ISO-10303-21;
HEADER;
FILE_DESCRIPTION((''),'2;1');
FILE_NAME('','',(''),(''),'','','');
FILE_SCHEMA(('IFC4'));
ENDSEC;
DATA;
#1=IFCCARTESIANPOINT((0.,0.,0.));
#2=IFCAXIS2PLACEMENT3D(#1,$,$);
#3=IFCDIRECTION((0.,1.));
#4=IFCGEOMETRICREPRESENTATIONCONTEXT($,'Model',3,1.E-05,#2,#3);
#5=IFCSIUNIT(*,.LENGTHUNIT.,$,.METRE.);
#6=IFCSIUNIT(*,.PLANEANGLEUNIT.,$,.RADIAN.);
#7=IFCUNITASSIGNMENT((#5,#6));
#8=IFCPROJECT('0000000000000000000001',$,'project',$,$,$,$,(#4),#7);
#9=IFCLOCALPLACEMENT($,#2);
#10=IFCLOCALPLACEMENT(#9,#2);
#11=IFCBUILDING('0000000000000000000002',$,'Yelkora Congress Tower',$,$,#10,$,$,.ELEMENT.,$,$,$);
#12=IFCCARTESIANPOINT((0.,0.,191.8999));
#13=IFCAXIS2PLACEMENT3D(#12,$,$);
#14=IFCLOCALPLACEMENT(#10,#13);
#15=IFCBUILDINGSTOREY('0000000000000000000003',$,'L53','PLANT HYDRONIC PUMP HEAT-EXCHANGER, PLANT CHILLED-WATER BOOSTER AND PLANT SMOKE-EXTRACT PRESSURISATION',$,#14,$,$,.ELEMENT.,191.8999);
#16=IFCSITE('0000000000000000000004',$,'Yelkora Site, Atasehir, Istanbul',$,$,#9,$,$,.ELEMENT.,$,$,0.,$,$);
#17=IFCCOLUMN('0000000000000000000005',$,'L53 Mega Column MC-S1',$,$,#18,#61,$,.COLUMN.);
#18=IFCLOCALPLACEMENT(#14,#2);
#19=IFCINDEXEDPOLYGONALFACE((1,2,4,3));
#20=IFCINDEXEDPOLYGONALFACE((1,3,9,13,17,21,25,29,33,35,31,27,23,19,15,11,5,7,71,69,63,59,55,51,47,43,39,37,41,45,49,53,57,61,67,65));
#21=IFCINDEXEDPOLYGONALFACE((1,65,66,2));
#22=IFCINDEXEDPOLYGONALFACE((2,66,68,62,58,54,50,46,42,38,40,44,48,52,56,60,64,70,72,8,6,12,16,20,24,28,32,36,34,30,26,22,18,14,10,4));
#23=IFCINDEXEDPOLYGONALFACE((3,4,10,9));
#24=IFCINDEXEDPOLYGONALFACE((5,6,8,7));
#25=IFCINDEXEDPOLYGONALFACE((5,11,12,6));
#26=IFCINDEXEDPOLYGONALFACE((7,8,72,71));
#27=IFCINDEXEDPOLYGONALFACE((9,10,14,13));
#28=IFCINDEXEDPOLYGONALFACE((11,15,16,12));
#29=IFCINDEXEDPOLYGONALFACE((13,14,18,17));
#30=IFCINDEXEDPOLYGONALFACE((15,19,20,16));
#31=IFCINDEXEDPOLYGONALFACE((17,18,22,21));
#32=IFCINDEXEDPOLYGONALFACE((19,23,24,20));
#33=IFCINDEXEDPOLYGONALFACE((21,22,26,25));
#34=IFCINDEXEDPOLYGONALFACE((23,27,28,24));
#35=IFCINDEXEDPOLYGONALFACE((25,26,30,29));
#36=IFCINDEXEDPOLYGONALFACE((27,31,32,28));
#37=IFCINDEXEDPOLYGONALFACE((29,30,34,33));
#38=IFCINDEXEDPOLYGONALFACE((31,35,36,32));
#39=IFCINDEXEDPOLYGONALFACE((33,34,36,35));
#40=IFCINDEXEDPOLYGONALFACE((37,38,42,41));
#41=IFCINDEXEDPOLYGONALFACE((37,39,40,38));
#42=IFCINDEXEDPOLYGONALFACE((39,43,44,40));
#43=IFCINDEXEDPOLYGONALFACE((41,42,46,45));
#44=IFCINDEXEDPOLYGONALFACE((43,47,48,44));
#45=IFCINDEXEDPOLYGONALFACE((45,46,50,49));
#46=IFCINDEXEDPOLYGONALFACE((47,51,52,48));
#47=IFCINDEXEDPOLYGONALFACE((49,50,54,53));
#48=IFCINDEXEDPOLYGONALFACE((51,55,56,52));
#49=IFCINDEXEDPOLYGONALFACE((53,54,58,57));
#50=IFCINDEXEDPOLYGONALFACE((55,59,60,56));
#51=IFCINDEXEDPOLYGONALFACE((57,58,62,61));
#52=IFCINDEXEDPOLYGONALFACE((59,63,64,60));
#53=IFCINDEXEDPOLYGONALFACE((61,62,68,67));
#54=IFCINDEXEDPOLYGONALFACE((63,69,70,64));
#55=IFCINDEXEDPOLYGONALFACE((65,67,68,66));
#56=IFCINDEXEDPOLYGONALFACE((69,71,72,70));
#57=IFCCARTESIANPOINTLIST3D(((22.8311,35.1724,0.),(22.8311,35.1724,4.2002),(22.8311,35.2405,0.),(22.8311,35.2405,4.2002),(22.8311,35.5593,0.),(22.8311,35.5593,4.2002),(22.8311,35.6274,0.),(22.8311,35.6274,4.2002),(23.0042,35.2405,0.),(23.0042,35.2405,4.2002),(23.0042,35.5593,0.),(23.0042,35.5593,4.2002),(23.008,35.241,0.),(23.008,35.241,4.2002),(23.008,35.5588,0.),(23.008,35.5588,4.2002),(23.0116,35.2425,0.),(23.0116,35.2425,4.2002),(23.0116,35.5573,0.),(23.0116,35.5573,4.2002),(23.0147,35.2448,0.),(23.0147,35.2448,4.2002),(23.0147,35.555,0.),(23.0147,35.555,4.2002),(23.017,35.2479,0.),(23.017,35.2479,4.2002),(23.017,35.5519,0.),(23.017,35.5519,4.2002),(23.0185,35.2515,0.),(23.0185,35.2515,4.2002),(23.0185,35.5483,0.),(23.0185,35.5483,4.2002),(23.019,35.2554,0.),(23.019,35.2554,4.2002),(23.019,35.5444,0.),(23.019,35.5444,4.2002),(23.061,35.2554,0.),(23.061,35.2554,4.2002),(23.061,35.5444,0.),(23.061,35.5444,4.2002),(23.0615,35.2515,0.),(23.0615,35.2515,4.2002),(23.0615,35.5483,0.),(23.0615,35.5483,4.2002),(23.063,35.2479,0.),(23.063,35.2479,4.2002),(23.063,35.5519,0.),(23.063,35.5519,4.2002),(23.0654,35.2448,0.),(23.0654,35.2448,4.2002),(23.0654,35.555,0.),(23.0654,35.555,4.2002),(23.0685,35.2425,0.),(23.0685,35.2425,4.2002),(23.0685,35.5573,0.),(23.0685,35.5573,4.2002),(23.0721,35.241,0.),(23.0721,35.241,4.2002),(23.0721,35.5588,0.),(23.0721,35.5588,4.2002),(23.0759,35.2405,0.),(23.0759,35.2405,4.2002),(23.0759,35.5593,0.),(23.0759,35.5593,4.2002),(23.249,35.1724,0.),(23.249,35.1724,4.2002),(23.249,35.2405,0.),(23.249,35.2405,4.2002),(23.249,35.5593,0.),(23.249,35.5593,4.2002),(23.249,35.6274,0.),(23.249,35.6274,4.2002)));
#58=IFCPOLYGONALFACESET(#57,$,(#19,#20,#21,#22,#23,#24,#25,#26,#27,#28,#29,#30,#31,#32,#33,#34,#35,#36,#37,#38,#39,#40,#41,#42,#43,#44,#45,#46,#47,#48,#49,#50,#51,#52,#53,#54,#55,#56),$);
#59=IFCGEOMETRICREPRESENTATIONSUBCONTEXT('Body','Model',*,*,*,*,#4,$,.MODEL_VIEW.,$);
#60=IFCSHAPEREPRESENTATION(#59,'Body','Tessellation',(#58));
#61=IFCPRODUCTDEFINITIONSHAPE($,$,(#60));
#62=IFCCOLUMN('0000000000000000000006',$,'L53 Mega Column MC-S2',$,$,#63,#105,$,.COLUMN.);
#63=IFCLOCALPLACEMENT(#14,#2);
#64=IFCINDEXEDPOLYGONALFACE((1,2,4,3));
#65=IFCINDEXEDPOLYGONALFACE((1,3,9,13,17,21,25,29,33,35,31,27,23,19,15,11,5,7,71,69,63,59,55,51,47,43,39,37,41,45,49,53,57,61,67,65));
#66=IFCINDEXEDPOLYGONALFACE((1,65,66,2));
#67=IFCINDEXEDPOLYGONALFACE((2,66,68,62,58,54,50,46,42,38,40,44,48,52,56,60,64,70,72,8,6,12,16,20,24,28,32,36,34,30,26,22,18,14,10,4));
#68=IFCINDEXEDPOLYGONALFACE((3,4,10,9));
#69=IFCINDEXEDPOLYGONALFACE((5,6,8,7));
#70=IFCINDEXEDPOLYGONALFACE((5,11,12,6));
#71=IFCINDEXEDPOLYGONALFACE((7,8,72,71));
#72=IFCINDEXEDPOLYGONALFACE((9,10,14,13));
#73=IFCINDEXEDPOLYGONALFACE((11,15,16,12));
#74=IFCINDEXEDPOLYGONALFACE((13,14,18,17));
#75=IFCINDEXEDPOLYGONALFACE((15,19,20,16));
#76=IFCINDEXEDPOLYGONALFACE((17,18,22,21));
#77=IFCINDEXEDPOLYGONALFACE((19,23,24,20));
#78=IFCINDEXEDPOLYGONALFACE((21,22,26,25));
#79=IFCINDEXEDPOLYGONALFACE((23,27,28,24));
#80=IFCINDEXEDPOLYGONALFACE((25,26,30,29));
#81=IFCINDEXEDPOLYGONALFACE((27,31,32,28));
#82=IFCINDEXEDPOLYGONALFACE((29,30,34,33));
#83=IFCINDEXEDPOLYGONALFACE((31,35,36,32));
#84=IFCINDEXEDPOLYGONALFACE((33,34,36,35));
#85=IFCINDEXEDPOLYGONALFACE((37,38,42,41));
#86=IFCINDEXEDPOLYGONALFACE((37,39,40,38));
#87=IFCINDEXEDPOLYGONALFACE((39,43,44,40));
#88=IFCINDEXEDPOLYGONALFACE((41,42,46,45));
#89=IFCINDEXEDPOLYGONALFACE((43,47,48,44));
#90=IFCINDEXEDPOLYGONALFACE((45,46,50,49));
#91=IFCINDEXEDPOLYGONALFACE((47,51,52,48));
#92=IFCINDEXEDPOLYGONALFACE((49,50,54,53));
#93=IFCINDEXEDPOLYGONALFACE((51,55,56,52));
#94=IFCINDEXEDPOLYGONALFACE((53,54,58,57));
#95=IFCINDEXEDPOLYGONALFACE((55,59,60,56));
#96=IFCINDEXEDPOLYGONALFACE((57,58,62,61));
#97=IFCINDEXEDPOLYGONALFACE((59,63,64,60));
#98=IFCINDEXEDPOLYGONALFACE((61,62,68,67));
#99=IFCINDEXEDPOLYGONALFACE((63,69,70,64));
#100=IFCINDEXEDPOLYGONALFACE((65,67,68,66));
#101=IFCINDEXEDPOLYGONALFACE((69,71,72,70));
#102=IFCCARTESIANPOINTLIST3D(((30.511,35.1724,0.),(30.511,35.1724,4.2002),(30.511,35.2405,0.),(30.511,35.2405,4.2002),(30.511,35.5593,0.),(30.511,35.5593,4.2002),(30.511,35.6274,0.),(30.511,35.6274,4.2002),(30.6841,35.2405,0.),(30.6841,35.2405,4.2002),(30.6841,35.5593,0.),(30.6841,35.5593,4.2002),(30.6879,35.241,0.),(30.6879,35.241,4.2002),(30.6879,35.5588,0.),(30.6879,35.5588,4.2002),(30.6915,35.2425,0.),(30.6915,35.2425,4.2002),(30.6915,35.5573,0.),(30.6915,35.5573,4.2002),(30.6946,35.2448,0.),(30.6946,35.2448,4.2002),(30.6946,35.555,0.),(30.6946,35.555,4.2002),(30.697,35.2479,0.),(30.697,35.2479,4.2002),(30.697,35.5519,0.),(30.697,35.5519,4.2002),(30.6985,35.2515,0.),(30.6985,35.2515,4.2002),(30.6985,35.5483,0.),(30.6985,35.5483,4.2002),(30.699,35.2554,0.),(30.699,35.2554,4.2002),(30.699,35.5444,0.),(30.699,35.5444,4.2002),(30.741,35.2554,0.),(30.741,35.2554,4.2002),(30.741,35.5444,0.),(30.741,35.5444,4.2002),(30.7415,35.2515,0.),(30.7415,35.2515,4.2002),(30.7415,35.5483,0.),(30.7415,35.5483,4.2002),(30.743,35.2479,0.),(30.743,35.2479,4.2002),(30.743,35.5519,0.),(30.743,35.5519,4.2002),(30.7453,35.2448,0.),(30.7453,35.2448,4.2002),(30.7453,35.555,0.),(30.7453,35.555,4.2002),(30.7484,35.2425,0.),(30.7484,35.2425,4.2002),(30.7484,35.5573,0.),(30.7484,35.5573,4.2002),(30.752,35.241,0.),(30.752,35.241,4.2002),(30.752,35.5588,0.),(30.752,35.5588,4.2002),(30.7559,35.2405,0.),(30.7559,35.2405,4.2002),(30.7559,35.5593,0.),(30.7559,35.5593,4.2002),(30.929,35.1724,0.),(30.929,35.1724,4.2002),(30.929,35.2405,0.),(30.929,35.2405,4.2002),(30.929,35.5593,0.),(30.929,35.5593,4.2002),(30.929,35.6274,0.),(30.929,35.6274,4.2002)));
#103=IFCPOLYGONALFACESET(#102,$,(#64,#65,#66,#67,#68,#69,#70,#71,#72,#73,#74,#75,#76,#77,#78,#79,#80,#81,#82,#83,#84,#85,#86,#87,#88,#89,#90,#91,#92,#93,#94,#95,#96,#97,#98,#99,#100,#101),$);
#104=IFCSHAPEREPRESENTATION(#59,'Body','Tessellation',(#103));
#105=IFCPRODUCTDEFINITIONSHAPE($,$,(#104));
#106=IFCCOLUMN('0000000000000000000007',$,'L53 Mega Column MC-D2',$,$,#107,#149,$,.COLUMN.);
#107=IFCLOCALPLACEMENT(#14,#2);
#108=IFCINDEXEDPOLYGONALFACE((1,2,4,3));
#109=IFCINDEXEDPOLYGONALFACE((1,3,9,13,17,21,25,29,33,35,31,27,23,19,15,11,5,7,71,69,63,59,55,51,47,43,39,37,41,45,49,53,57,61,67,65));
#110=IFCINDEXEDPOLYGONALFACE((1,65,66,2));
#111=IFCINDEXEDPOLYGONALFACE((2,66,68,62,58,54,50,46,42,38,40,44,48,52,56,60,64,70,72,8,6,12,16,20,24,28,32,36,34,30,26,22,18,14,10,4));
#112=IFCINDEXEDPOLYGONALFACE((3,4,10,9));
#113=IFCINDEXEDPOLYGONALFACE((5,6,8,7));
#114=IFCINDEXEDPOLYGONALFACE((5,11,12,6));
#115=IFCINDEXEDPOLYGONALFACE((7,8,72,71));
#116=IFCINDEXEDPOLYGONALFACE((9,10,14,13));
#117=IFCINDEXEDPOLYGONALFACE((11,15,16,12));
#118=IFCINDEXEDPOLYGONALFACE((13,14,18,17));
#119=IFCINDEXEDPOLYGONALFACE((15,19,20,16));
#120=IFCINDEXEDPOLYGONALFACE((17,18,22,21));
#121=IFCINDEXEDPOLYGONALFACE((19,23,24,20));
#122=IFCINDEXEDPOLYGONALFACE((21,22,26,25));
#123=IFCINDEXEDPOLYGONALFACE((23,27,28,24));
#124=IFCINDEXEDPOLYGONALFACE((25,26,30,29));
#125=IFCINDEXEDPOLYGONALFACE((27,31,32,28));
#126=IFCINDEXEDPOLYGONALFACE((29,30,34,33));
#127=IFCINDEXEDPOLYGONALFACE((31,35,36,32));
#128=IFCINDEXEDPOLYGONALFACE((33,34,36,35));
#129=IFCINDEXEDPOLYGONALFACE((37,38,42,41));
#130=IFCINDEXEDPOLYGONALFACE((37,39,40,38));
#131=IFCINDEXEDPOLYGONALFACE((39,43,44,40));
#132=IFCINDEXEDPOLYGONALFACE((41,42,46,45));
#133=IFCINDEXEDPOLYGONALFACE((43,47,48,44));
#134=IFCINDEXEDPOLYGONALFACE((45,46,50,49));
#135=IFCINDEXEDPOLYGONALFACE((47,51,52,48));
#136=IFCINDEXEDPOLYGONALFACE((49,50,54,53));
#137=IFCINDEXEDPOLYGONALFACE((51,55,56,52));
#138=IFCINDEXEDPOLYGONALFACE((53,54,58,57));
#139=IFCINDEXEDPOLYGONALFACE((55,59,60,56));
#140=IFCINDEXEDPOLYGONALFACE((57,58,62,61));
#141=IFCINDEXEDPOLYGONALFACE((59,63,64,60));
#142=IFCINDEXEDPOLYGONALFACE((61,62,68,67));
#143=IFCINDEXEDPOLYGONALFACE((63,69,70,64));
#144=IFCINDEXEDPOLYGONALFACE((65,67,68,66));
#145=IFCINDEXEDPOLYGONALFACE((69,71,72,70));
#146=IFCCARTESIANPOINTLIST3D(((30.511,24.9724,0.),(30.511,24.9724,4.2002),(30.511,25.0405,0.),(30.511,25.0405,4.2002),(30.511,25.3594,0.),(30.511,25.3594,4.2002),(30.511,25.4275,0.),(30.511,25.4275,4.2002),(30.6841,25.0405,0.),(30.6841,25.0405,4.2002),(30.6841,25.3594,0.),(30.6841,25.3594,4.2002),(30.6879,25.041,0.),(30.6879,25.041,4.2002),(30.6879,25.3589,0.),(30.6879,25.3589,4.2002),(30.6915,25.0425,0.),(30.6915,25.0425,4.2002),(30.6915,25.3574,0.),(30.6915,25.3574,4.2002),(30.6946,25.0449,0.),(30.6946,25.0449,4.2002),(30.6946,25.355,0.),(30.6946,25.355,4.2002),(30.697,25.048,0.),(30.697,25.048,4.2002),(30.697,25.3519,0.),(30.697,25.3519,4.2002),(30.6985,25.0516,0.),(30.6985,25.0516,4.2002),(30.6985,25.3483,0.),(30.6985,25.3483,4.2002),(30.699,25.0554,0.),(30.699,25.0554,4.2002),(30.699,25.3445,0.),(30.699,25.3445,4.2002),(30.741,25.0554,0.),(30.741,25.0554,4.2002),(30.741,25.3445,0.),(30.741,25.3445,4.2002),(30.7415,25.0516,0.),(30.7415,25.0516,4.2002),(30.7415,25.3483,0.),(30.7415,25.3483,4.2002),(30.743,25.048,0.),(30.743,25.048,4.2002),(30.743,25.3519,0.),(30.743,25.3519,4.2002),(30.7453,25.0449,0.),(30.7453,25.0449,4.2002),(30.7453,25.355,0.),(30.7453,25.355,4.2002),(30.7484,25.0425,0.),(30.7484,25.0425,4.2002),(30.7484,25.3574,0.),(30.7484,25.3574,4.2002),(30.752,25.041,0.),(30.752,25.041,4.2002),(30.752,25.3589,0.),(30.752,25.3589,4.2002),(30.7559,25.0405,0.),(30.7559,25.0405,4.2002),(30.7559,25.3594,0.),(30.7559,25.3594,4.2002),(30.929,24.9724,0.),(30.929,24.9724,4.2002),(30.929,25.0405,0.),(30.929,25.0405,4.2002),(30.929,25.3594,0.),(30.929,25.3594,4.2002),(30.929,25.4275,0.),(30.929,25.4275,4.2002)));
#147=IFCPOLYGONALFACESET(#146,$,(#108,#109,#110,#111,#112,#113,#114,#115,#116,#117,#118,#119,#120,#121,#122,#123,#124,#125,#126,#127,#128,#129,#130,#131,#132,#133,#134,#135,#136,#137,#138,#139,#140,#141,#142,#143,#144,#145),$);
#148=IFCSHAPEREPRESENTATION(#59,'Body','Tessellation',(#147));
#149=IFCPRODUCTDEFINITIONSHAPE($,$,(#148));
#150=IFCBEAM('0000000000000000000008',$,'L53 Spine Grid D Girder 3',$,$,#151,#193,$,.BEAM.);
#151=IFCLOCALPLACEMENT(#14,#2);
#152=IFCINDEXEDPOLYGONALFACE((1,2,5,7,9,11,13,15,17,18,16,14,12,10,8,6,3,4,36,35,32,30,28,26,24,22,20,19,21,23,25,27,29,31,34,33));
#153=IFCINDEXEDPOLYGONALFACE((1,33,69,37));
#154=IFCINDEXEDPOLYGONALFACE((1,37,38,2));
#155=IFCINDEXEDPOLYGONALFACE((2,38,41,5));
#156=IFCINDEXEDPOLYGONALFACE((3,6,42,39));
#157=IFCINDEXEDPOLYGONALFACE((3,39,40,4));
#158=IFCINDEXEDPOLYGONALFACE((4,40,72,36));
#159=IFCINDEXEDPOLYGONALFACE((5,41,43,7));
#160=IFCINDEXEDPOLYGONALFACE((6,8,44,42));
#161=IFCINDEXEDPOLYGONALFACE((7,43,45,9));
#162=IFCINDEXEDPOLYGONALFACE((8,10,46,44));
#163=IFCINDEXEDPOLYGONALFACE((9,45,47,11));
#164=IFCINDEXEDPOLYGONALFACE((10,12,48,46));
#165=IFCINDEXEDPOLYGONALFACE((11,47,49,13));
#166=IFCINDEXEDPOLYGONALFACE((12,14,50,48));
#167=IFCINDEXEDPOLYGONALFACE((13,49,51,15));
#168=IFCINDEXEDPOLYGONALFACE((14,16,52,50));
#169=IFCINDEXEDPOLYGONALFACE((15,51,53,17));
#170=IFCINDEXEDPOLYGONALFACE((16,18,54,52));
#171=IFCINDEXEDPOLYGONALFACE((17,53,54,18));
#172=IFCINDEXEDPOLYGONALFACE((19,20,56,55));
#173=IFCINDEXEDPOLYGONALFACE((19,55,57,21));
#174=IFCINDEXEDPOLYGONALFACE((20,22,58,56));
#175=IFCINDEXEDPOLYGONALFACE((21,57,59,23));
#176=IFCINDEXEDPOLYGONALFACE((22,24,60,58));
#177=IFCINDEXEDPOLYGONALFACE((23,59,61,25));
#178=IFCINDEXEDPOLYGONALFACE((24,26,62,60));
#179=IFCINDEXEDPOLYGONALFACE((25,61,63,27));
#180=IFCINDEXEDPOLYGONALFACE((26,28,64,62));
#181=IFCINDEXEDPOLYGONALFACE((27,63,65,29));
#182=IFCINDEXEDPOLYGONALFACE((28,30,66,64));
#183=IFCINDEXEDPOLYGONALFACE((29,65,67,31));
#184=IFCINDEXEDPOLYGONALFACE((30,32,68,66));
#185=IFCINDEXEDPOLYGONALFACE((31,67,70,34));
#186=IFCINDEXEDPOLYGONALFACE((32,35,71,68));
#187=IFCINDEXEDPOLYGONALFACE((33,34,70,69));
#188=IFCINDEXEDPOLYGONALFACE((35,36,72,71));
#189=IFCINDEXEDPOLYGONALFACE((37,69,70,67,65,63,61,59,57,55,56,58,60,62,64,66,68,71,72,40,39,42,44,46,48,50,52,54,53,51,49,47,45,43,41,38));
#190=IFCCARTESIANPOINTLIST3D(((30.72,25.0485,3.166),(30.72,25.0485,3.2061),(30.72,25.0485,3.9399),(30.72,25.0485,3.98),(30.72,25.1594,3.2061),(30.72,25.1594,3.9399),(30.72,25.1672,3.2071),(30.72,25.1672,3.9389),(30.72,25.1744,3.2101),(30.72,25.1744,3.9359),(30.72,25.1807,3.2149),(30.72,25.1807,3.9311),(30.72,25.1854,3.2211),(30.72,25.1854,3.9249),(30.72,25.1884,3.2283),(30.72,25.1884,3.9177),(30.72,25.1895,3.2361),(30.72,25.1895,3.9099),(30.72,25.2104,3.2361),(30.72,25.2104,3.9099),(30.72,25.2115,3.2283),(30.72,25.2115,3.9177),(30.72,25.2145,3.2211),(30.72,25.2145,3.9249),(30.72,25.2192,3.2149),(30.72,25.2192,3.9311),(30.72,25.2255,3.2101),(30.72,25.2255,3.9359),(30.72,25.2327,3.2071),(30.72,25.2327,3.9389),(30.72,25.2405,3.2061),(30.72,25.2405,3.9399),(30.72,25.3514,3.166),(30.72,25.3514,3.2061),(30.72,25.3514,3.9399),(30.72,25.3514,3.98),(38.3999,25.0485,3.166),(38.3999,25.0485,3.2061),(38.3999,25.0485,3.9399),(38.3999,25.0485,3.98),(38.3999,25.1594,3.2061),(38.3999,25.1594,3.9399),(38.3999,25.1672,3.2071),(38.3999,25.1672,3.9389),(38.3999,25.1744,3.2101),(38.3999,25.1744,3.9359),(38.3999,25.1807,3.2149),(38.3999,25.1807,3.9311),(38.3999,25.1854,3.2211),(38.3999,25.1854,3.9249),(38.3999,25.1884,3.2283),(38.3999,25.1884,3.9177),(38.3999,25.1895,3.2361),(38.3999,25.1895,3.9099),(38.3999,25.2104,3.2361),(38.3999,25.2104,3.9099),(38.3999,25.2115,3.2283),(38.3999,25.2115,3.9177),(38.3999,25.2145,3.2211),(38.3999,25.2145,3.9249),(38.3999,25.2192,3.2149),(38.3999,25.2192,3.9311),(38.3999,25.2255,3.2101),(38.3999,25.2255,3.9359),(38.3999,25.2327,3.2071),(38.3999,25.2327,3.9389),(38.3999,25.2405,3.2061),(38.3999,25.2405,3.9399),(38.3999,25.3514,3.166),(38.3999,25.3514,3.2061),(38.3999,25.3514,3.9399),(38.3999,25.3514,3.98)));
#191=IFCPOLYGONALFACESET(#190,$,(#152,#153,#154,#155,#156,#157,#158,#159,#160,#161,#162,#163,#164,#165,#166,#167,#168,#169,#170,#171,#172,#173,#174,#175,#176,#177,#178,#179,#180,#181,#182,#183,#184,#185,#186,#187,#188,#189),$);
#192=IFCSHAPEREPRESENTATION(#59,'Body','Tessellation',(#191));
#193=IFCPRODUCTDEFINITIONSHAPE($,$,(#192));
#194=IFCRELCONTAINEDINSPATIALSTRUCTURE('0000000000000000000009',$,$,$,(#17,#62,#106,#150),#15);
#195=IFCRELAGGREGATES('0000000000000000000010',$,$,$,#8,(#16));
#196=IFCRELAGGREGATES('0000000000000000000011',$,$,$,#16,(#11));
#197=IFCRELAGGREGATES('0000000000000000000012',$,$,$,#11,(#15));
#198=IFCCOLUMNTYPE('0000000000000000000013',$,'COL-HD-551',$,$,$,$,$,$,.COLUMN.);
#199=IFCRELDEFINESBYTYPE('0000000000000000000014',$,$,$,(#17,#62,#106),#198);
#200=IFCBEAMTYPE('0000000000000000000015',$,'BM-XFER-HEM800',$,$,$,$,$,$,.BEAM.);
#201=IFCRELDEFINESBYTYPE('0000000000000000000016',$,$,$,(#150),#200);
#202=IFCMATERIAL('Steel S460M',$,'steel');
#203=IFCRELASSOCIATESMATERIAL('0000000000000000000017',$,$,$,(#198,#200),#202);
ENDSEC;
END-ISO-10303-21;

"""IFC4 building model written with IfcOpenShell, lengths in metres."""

from ifc_helpers import new_model, si_unit, direction, frame, origin, origin_2d, place, context, subcontext, project, spatial, i_section, extrude, material, material_profile, profile_set, type_object, element, save


model = new_model("IFC4")

# Units and contexts
model_context = context("Model", 3, precision=1e-05, world=origin(), true_north=direction((0.0, 1.0)))
body_context = subcontext(model_context, "Body", "Model", "MODEL_VIEW")
ifc_project = project(units=[si_unit("LENGTHUNIT", "METRE"), si_unit("PLANEANGLEUNIT", "RADIAN")], contexts=[model_context])

# Site, building, storey
site_placement = place(None, origin())
site = spatial("IfcSite", under=ifc_project, at=site_placement, Name="Yelkora Site, Atasehir, Istanbul", CompositionType="ELEMENT", RefElevation=0.0)
building_placement = place(site_placement, origin())
building = spatial("IfcBuilding", under=site, at=building_placement, Name="Yelkora Congress Tower", CompositionType="ELEMENT")
storey_placement = place(building_placement, frame((0.0, 0.0, 191.8999)))
storey = spatial("IfcBuildingStorey", under=building, at=storey_placement, Name="L53", Description="PLANT HYDRONIC PUMP HEAT-EXCHANGER, PLANT CHILLED-WATER BOOSTER AND PLANT SMOKE-EXTRACT PRESSURISATION", CompositionType="ELEMENT", Elevation=191.8999)

# Columns
ifc_material_1 = material(Name="Steel S460M", Category="steel")
ifc_material_profile_1 = material_profile(ifc_material_1, i_section(OverallWidth=0.418, OverallDepth=0.4551, WebThickness=0.042, FlangeThickness=0.0681, FilletRadius=0.0149, at=origin_2d()), Name="HD 400x551")
ifc_profile_set_1 = profile_set([ifc_material_profile_1], Name="Steel S460M")
column_type = type_object("IfcColumnType", Name="COL-HD-551", PredefinedType="COLUMN", material=ifc_profile_set_1)
for number, where, z_axis, x_axis, name in (
    (1, (23.04, 35.3999, 0.0), (0.0, 0.0, 1.0), (1.0, 0.0, 0.0), "L53 Mega Column MC-S1"),
    (2, (30.72, 35.3999, 0.0), (0.0, 0.0, 1.0), (1.0, 0.0, 0.0), "L53 Mega Column MC-S2"),
    (3, (30.72, 25.2, 0.0), (0.0, 0.0, 1.0), (1.0, 0.0, 0.0), "L53 Mega Column MC-D2"),
):
    element("IfcColumn", number, at=place(storey_placement, frame(where, z_axis=z_axis, x_axis=x_axis)), inside=storey, type_object=column_type, Name=name, PredefinedType="COLUMN", context=body_context, shape_type="SweptSolid", body=[
        extrude(i_section(OverallWidth=0.418, OverallDepth=0.4551, WebThickness=0.042, FlangeThickness=0.0681, FilletRadius=0.0149, at=origin_2d()), origin(), (0.0, 0.0, 1.0), 4.2002),
    ])

# Beam
ifc_material_profile_2 = material_profile(ifc_material_1, i_section(OverallWidth=0.303, OverallDepth=0.814, WebThickness=0.021, FlangeThickness=0.04, FilletRadius=0.03, at=origin_2d()), Name="HEM 800")
ifc_profile_set_2 = profile_set([ifc_material_profile_2], Name="Steel S460M")
beam_type = type_object("IfcBeamType", Name="BM-XFER-HEM800", PredefinedType="BEAM", material=ifc_profile_set_2)
for number, where, z_axis, x_axis, name in (
    (4, (30.72, 25.2, 3.573), (1.0, 0.0, 0.0), (0.0, 1.0, 0.0), "L53 Spine Grid D Girder 3"),
):
    element("IfcBeam", number, at=place(storey_placement, frame(where, z_axis=z_axis, x_axis=x_axis)), inside=storey, type_object=beam_type, Name=name, PredefinedType="BEAM", context=body_context, shape_type="SweptSolid", body=[
        extrude(i_section(OverallWidth=0.303, OverallDepth=0.814, WebThickness=0.021, FlangeThickness=0.04, FilletRadius=0.03, at=origin_2d()), origin(), (0.0, 0.0, 1.0), 7.6799),
    ])

save(model, "model.ifc")
